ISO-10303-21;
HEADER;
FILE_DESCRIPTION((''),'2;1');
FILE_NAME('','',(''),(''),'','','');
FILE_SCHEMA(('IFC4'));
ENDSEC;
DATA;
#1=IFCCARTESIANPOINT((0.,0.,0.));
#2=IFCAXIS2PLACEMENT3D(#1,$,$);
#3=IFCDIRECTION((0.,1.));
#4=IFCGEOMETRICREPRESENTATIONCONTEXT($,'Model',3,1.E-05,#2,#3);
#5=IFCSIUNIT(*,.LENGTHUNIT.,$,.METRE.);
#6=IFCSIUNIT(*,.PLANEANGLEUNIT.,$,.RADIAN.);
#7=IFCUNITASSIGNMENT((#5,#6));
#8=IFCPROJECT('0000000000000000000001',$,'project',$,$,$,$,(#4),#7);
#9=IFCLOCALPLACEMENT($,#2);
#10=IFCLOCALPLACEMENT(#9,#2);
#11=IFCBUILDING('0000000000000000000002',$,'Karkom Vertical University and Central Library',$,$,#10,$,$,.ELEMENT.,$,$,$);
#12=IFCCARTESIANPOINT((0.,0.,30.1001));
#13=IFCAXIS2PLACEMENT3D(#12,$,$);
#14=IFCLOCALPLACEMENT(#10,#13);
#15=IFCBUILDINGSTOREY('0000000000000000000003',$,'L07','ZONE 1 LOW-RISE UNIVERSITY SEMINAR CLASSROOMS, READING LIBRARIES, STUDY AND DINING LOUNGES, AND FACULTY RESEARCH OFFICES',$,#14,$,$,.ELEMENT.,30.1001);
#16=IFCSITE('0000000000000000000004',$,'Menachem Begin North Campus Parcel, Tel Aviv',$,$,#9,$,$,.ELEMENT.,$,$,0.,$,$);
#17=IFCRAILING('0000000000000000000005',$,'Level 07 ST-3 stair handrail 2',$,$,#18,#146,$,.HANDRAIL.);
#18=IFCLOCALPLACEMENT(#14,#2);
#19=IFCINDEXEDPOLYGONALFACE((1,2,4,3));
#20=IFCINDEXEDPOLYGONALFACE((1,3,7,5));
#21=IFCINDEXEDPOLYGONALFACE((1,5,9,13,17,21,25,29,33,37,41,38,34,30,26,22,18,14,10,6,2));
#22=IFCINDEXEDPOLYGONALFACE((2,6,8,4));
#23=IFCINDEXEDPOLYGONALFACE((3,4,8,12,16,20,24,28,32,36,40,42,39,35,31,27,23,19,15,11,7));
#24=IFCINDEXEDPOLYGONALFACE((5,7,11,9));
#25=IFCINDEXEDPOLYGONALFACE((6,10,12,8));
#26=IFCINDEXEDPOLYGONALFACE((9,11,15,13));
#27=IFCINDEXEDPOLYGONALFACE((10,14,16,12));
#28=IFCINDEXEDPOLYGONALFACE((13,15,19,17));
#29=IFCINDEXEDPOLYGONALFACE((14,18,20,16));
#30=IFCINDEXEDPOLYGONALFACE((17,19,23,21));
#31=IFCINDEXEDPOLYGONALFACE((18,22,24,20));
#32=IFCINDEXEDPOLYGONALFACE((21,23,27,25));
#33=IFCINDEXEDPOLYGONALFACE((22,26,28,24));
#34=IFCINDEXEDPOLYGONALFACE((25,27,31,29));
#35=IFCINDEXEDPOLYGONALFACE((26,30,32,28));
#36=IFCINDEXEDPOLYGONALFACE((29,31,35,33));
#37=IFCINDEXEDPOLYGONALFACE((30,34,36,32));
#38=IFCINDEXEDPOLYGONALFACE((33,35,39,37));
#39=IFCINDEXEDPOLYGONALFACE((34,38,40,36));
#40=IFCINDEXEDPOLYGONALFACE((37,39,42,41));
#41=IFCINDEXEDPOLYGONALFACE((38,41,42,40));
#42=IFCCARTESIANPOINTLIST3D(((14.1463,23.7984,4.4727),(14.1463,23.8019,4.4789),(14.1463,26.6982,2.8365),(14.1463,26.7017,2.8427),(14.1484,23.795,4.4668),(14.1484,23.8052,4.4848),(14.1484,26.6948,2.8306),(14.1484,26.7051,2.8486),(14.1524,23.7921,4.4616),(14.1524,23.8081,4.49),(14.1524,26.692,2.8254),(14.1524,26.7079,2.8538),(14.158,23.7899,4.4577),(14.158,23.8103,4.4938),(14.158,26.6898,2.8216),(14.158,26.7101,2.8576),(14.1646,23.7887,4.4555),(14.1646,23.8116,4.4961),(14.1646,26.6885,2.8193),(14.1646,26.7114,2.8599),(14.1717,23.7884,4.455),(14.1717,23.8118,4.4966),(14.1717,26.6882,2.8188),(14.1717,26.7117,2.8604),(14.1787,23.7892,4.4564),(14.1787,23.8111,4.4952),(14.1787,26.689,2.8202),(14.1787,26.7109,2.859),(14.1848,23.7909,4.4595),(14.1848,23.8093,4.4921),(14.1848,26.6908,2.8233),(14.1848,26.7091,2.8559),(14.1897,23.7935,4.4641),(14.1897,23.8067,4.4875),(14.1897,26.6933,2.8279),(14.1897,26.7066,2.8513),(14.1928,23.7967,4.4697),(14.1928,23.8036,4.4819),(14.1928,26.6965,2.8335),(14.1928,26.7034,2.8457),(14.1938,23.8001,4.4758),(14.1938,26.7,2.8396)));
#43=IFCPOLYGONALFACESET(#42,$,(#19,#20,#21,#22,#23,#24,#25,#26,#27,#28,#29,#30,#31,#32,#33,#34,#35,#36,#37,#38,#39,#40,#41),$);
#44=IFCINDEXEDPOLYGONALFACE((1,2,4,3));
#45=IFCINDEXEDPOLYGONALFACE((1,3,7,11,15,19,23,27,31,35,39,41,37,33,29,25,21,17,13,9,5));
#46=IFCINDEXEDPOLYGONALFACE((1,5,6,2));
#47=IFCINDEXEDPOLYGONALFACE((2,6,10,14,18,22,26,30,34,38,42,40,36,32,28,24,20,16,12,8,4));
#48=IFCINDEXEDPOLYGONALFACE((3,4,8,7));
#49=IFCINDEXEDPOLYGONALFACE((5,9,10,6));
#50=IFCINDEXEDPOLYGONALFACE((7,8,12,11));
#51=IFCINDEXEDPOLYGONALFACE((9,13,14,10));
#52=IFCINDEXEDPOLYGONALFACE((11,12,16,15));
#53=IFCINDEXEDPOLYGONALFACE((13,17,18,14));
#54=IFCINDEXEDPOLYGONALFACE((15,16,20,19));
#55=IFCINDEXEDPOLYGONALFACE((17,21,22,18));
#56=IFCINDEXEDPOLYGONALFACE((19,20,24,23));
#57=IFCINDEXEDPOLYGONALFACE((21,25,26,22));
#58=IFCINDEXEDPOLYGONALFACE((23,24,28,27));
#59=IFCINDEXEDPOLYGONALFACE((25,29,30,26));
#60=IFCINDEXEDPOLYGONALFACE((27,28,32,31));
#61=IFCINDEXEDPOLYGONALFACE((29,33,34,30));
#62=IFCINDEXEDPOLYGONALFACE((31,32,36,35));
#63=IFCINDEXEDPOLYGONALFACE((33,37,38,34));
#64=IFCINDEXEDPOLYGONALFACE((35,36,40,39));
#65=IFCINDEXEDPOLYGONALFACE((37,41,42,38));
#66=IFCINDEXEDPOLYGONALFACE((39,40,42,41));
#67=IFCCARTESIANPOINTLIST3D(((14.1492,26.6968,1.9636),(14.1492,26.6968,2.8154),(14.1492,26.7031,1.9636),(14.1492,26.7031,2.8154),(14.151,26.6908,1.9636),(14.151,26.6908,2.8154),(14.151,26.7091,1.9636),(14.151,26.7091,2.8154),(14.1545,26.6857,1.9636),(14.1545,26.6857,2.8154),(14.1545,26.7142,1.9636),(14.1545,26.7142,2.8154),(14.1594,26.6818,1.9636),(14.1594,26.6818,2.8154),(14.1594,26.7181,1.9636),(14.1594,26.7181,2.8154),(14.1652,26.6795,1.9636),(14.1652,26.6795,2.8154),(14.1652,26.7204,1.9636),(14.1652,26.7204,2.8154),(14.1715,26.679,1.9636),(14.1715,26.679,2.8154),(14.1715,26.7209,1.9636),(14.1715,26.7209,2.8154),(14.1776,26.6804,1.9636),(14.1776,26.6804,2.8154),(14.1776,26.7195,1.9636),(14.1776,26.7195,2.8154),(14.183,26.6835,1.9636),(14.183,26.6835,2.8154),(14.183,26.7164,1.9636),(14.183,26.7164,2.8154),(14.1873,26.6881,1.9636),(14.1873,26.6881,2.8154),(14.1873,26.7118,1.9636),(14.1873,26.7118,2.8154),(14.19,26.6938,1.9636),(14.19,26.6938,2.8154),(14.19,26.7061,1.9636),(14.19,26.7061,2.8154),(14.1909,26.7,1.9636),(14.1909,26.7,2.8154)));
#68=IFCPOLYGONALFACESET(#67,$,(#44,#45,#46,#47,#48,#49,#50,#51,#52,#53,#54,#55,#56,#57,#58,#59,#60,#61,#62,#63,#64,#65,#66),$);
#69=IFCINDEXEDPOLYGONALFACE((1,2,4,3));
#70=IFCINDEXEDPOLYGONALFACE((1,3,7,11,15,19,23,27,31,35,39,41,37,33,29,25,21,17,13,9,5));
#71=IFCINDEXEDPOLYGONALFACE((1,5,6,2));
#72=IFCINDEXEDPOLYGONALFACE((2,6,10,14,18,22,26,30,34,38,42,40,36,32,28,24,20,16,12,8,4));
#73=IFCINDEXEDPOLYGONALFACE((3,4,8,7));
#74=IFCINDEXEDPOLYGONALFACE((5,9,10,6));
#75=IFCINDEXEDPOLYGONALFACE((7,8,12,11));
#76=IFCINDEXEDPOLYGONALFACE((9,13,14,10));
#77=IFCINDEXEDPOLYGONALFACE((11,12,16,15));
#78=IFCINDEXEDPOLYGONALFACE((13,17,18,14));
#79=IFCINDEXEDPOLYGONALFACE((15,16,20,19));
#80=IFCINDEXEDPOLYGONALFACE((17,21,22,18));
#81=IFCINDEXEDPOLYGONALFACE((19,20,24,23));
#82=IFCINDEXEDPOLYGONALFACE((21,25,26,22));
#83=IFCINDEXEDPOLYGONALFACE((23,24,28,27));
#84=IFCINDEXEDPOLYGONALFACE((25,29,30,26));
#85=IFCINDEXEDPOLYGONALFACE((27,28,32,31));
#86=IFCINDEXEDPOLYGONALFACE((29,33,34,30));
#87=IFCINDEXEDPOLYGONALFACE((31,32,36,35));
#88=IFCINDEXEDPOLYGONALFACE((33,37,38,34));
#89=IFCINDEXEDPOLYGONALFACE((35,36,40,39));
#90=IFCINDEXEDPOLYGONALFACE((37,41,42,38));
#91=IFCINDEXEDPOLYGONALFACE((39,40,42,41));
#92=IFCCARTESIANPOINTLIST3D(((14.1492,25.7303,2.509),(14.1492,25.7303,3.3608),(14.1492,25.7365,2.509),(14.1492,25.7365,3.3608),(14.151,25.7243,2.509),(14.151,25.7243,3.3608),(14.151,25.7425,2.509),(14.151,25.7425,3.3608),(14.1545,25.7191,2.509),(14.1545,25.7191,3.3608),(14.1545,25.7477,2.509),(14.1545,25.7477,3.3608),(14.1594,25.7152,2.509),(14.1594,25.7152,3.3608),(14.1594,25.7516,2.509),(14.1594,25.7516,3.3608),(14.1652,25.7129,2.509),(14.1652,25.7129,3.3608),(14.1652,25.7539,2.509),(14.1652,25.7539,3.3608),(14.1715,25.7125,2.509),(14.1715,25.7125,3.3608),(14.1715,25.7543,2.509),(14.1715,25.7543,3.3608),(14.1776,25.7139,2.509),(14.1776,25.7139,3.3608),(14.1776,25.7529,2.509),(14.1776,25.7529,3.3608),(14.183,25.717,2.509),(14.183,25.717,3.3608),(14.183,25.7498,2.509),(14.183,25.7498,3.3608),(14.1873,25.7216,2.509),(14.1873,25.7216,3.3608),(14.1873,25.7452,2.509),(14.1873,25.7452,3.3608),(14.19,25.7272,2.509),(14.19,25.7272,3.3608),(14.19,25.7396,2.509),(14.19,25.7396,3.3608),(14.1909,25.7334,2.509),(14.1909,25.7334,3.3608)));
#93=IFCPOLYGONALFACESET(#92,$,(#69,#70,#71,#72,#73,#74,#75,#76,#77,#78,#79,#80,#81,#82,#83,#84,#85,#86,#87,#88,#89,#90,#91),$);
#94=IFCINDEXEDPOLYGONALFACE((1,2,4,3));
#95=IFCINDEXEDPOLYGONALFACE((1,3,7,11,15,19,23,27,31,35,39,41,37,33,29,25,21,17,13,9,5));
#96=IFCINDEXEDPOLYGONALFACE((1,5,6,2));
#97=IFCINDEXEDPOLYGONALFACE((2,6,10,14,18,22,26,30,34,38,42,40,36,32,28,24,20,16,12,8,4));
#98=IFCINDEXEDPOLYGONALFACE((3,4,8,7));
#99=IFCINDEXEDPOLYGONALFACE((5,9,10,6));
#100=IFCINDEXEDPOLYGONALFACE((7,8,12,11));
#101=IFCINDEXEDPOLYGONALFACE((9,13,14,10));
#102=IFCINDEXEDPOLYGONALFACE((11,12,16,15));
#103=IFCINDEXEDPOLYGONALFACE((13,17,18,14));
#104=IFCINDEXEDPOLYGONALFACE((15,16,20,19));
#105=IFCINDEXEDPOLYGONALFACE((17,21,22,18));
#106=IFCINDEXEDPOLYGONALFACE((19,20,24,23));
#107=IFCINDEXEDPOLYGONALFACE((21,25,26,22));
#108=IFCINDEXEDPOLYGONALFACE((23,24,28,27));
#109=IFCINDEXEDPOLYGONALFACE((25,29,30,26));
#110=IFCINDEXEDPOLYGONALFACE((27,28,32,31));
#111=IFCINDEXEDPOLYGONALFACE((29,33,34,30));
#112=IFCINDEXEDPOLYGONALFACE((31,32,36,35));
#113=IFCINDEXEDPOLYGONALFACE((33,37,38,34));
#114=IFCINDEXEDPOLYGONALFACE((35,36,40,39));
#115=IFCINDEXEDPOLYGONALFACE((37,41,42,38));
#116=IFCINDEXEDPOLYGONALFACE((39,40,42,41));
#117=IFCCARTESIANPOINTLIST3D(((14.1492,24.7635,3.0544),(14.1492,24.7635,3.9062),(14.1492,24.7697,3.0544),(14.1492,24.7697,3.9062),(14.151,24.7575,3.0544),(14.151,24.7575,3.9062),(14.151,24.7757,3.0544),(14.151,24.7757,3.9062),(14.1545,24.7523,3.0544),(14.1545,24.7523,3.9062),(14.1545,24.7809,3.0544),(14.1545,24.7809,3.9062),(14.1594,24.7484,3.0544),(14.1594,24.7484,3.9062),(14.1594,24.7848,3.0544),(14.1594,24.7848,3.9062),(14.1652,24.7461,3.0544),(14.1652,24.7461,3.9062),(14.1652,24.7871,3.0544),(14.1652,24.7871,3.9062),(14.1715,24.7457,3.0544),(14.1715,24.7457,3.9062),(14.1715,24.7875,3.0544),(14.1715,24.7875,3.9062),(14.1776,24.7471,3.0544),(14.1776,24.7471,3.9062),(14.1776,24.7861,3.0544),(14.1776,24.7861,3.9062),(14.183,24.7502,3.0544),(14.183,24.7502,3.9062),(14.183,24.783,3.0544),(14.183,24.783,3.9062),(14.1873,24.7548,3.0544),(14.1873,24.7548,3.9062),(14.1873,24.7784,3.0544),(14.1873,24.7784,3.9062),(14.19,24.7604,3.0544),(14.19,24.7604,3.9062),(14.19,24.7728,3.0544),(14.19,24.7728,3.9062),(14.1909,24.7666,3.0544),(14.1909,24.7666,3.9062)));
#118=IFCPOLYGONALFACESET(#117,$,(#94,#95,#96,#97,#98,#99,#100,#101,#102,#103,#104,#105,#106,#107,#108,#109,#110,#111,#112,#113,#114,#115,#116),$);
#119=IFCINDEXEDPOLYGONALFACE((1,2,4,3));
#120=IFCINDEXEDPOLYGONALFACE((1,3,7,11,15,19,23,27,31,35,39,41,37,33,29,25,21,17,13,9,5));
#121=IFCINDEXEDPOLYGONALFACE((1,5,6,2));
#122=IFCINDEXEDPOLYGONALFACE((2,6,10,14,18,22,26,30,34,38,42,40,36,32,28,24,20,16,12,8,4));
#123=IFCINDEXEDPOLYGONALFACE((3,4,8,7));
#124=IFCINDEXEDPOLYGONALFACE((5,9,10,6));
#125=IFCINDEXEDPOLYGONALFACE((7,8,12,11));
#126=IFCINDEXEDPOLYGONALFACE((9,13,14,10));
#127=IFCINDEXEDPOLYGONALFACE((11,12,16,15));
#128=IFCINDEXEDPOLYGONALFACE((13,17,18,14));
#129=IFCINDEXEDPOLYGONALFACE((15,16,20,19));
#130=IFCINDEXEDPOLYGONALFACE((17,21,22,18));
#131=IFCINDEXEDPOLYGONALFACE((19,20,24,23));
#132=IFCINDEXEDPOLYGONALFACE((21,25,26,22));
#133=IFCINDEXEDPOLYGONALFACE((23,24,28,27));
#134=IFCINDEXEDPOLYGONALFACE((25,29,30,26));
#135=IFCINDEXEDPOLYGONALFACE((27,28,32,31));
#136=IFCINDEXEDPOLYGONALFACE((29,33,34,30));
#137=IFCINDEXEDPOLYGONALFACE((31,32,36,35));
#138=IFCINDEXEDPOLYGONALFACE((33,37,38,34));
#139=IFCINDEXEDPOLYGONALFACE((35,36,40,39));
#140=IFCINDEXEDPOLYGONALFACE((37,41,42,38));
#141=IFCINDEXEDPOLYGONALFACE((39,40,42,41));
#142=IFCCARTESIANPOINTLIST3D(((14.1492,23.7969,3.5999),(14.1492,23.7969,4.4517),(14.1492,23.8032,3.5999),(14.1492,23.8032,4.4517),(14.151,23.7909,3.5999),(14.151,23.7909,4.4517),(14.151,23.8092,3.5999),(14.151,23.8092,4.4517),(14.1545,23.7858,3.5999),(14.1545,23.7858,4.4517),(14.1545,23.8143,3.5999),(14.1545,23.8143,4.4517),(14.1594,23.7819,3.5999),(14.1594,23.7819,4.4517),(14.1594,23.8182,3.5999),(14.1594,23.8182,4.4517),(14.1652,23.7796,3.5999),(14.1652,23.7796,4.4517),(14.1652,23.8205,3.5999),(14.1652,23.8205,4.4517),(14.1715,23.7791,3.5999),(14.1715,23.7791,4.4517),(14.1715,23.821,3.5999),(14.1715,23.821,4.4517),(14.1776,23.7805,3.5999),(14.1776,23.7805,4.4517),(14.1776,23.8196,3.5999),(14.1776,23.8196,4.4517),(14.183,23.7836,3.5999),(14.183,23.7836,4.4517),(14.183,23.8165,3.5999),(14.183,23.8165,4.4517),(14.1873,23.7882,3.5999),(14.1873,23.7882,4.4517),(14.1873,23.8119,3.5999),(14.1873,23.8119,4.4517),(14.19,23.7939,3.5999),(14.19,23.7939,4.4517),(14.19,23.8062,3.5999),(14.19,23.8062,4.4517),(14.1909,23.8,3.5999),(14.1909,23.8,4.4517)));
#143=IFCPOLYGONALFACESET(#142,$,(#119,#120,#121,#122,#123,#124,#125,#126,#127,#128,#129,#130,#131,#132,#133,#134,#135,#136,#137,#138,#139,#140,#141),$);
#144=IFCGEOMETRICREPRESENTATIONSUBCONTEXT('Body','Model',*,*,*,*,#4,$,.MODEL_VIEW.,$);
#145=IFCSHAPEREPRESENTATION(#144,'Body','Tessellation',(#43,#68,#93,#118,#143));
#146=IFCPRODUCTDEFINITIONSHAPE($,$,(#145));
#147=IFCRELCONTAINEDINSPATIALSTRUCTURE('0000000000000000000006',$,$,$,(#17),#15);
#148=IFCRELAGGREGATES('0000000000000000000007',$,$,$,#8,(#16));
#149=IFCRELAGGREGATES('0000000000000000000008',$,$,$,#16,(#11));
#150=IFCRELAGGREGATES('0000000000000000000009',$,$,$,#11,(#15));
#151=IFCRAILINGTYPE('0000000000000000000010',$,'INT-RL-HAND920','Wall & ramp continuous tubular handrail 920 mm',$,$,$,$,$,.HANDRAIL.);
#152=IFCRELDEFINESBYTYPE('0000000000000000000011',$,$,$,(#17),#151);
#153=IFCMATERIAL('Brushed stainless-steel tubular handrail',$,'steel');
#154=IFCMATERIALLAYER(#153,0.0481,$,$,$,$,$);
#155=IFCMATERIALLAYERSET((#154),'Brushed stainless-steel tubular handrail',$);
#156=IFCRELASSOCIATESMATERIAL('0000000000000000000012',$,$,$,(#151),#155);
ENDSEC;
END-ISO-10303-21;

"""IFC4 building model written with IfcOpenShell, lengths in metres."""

from ifc_helpers import new_model, si_unit, direction, frame, origin, origin_2d, place, context, subcontext, project, spatial, circle, extrude, material, layer, layer_set, type_object, element, save


model = new_model("IFC4")

# Units and contexts
model_context = context("Model", 3, precision=1e-05, world=origin(), true_north=direction((0.0, 1.0)))
body_context = subcontext(model_context, "Body", "Model", "MODEL_VIEW")
ifc_project = project(units=[si_unit("LENGTHUNIT", "METRE"), si_unit("PLANEANGLEUNIT", "RADIAN")], contexts=[model_context])

# Site, building, storey
site_placement = place(None, origin())
site = spatial("IfcSite", under=ifc_project, at=site_placement, Name="Menachem Begin North Campus Parcel, Tel Aviv", CompositionType="ELEMENT", RefElevation=0.0)
building_placement = place(site_placement, origin())
building = spatial("IfcBuilding", under=site, at=building_placement, Name="Karkom Vertical University and Central Library", CompositionType="ELEMENT")
storey_placement = place(building_placement, frame((0.0, 0.0, 30.1001)))
storey = spatial("IfcBuildingStorey", under=building, at=storey_placement, Name="L07", Description="ZONE 1 LOW-RISE UNIVERSITY SEMINAR CLASSROOMS, READING LIBRARIES, STUDY AND DINING LOUNGES, AND FACULTY RESEARCH OFFICES", CompositionType="ELEMENT", Elevation=30.1001)

# Railing
ifc_material_1 = material(Name="Brushed stainless-steel tubular handrail", Category="steel")
ifc_layer_1 = layer(ifc_material_1, 0.0481)
ifc_layer_set_1 = layer_set([ifc_layer_1], Name="Brushed stainless-steel tubular handrail")
railing_type_1 = type_object("IfcRailingType", Name="INT-RL-HAND920", Description="Wall & ramp continuous tubular handrail 920 mm", PredefinedType="HANDRAIL", material=ifc_layer_set_1)
railing_1_placement = place(storey_placement, frame((14.1699, 26.7, 1.9636)))
element("IfcRailing", 1, at=railing_1_placement, inside=storey, type_object=railing_type_1, Name="Level 07 ST-3 stair handrail 2", PredefinedType="HANDRAIL", context=body_context, shape_type="SweptSolid", body=[
    extrude(circle(Radius=0.0239, at=origin_2d()), frame((0.0, 0.0, 0.876), z_axis=(0.0, -0.870929, 0.49141), x_axis=(1.0, 0.0, 0.0)), (0.0, 0.0, 1.0), 3.3296),
    extrude(circle(Radius=0.021, at=origin_2d()), origin(), (0.0, 0.0, 1.0), 0.8518),
    extrude(circle(Radius=0.021, at=origin_2d()), frame((0.0, -0.9666, 0.5454)), (0.0, 0.0, 1.0), 0.8518),
    extrude(circle(Radius=0.021, at=origin_2d()), frame((0.0, -1.9333, 1.0908)), (0.0, 0.0, 1.0), 0.8518),
    extrude(circle(Radius=0.021, at=origin_2d()), frame((0.0, -2.8999, 1.6362)), (0.0, 0.0, 1.0), 0.8518),
])

save(model, "model.ifc")
